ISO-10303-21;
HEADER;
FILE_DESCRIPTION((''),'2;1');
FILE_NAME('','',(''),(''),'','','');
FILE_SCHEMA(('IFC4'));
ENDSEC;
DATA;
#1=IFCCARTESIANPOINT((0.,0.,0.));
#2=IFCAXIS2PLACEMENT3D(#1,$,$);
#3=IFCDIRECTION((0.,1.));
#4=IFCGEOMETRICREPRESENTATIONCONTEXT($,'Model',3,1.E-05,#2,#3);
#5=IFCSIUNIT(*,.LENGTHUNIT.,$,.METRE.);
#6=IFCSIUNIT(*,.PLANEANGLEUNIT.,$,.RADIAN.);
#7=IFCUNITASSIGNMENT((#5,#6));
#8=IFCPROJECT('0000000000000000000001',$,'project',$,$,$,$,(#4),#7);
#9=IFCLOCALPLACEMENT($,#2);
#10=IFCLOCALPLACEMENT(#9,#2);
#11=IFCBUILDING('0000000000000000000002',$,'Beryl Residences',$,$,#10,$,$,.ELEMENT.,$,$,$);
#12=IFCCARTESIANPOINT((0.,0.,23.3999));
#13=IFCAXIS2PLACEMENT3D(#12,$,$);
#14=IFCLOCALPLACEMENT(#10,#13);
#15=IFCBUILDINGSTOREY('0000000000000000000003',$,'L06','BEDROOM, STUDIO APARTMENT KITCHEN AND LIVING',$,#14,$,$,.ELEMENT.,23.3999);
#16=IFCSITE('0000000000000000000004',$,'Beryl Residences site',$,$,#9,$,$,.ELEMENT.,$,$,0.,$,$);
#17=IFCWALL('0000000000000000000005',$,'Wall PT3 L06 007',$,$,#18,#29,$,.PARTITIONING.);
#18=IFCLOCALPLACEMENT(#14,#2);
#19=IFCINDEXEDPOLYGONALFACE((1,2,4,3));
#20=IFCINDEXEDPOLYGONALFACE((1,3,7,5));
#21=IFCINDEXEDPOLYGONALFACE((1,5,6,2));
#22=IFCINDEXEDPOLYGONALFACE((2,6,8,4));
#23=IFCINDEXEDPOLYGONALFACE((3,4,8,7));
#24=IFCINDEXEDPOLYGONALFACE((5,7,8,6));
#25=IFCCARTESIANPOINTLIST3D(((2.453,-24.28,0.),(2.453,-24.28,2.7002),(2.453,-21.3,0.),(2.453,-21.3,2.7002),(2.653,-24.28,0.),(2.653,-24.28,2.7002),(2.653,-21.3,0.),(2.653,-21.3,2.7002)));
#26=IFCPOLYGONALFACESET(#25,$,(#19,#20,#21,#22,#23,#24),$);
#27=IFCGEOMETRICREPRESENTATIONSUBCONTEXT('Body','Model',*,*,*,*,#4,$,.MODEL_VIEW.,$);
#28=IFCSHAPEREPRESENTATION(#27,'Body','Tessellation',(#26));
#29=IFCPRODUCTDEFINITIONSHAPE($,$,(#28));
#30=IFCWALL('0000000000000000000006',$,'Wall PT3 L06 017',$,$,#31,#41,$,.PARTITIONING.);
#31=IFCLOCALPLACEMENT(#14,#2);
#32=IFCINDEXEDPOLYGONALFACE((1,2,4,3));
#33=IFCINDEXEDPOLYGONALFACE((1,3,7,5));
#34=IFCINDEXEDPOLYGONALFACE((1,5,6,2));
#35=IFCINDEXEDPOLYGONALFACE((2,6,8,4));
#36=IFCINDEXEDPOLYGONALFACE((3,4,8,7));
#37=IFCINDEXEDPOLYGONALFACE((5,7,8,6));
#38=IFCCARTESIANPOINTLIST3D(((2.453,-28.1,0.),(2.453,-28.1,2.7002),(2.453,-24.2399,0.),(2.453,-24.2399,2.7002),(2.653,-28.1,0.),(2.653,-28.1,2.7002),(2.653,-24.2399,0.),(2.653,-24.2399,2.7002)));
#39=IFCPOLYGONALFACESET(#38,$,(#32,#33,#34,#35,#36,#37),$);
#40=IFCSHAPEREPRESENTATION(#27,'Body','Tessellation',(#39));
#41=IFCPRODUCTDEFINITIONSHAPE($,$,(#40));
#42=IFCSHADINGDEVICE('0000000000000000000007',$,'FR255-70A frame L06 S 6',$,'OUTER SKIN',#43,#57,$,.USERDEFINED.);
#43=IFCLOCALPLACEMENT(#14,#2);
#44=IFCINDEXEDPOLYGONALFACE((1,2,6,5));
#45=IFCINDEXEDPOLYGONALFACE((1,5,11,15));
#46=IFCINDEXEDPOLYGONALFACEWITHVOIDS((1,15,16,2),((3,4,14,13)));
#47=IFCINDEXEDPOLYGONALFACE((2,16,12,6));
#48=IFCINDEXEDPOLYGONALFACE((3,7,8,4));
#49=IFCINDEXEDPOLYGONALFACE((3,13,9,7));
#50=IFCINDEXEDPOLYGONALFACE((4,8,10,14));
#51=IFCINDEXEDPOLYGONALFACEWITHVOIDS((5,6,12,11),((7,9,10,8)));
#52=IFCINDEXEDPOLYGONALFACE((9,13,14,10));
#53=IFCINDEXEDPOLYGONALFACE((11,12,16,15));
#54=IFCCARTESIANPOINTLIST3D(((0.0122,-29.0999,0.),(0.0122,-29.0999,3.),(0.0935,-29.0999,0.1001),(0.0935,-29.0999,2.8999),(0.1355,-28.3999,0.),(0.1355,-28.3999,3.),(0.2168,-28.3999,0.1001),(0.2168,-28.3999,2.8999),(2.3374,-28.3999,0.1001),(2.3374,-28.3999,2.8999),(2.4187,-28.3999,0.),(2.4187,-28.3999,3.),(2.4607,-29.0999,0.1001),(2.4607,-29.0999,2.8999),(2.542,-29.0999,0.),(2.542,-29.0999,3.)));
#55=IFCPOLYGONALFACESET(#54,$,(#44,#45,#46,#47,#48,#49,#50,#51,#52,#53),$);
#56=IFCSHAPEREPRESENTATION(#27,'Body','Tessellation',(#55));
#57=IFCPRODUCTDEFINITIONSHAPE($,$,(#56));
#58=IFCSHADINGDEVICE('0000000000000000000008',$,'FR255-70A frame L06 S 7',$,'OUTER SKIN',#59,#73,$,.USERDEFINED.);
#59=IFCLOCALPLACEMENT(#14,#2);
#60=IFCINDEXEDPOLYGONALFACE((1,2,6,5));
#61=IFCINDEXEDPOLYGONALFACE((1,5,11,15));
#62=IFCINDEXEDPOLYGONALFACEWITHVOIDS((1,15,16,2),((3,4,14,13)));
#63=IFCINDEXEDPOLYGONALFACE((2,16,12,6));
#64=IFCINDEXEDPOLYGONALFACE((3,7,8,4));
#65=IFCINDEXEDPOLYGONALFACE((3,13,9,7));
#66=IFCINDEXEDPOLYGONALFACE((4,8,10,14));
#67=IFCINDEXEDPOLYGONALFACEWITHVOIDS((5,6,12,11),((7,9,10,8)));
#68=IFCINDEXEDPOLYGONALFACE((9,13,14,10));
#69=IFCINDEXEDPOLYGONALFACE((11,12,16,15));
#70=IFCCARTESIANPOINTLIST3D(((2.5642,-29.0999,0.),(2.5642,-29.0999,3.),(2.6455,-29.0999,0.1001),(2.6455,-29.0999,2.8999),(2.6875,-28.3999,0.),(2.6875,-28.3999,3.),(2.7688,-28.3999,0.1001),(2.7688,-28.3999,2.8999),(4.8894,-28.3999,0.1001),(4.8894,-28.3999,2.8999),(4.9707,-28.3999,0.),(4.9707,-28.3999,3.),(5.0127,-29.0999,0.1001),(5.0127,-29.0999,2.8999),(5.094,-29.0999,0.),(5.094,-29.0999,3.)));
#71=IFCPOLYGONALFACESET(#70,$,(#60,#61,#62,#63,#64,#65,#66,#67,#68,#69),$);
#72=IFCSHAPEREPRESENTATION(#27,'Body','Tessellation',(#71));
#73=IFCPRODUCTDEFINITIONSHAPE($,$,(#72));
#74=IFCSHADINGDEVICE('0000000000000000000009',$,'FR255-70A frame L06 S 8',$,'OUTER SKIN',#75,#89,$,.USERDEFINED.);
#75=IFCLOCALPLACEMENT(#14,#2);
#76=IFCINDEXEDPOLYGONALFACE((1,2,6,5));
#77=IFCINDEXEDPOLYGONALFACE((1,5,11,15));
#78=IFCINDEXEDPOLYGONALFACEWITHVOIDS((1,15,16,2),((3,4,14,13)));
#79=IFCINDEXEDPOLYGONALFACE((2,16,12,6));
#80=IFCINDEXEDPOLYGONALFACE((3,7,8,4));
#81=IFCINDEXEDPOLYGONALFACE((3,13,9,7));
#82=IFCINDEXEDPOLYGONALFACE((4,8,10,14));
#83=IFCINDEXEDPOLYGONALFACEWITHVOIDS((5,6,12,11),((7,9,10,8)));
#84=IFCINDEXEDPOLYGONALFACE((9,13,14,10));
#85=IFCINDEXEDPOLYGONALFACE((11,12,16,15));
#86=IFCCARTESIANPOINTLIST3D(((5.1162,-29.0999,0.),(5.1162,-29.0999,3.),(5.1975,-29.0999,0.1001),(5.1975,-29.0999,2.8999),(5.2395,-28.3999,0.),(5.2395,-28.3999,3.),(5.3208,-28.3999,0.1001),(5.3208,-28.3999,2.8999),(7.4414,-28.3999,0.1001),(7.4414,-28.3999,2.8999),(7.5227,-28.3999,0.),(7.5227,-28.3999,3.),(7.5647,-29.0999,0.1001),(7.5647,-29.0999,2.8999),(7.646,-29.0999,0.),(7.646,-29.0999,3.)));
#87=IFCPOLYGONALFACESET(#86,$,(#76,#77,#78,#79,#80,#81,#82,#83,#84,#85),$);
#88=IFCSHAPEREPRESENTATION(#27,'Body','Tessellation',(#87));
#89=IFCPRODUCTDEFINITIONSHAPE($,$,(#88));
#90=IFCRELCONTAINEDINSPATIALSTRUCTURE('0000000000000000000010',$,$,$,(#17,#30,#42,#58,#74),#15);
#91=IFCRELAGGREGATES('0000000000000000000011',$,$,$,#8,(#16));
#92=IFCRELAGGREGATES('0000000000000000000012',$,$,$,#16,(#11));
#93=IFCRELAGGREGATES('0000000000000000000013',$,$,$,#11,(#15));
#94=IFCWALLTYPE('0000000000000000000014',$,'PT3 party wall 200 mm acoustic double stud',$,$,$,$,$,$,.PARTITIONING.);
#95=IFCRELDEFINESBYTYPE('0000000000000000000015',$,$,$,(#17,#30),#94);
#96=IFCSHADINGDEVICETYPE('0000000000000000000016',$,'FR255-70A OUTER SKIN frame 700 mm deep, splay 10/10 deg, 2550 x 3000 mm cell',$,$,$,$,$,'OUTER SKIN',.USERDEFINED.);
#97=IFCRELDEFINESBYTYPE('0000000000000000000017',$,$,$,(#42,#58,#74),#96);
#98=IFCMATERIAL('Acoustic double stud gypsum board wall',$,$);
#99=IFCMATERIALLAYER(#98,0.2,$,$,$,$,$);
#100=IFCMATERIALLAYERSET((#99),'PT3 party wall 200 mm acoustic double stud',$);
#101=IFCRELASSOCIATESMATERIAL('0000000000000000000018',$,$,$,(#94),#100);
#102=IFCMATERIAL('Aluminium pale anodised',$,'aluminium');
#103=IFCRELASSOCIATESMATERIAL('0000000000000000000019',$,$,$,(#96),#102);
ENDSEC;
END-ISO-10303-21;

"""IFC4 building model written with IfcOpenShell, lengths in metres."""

from ifc_helpers import new_model, entity, si_unit, direction, frame, frame_2d, origin, place, context, subcontext, project, spatial, rectangle, extrude, source, transform, mapped, material, layer, layer_set, type_object, type_shapes, element, save


model = new_model("IFC4")

# Units and contexts
model_context = context("Model", 3, precision=1e-05, world=origin(), true_north=direction((0.0, 1.0)))
body_context = subcontext(model_context, "Body", "Model", "MODEL_VIEW")
ifc_project = project(units=[si_unit("LENGTHUNIT", "METRE"), si_unit("PLANEANGLEUNIT", "RADIAN")], contexts=[model_context])

# Site, building, storey
site_placement = place(None, origin())
site = spatial("IfcSite", under=ifc_project, at=site_placement, Name="Beryl Residences site", CompositionType="ELEMENT", RefElevation=0.0)
building_placement = place(site_placement, origin())
building = spatial("IfcBuilding", under=site, at=building_placement, Name="Beryl Residences", CompositionType="ELEMENT")
storey_placement = place(building_placement, frame((0.0, 0.0, 23.3999)))
storey = spatial("IfcBuildingStorey", under=building, at=storey_placement, Name="L06", Description="BEDROOM, STUDIO APARTMENT KITCHEN AND LIVING", CompositionType="ELEMENT", Elevation=23.3999)

# Walls
ifc_material_1 = material(Name="Acoustic double stud gypsum board wall")
ifc_layer_1 = layer(ifc_material_1, 0.2)
ifc_layer_set_1 = layer_set([ifc_layer_1], Name="PT3 party wall 200 mm acoustic double stud")
wall_type_1 = type_object("IfcWallType", Name="PT3 party wall 200 mm acoustic double stud", PredefinedType="PARTITIONING", material=ifc_layer_set_1)
wall_1_placement = place(storey_placement, frame((2.553, -21.3, 0.0), z_axis=(0.0, 0.0, 1.0), x_axis=(0.0, -1.0, 0.0)))
element("IfcWall", 1, at=wall_1_placement, inside=storey, type_object=wall_type_1, Name="Wall PT3 L06 007", PredefinedType="PARTITIONING", context=body_context, shape_type="SweptSolid", body=[
    extrude(rectangle(XDim=2.98, YDim=0.2, at=frame_2d((1.49, 0.0))), origin(), (0.0, 0.0, 1.0), 2.7002),
])
wall_2_placement = place(storey_placement, frame((2.553, -28.1001, 0.0), z_axis=(0.0, 0.0, 1.0), x_axis=(0.0, 1.0, 0.0)))
element("IfcWall", 2, at=wall_2_placement, inside=storey, type_object=wall_type_1, Name="Wall PT3 L06 017", PredefinedType="PARTITIONING", context=body_context, shape_type="SweptSolid", body=[
    extrude(rectangle(XDim=3.8601, YDim=0.2, at=frame_2d((1.9302, 0.0))), origin(), (0.0, 0.0, 1.0), 2.7002),
])

# Shading devices
ifc_material_2 = material(Name="Aluminium pale anodised", Category="aluminium")
shading_device_type = type_object("IfcShadingDeviceType", Name="FR255-70A OUTER SKIN frame 700 mm deep, splay 10/10 deg, 2550 x 3000 mm cell", ElementType="OUTER SKIN", PredefinedType="USERDEFINED", material=ifc_material_2)
cartesian_point_1 = entity("IfcCartesianPoint", [-1.1416, 0.0])
cartesian_point_2 = entity("IfcCartesianPoint", [-1.0603, 0.1001])
cartesian_point_3 = entity("IfcCartesianPoint", [-1.2649, 0.0])
cartesian_point_4 = entity("IfcCartesianPoint", [-1.1836, 0.1001])
shared_shape = source(origin(), body_context, "Body", "SweptSolid", [
    entity("IfcExtrudedAreaSolidTapered", entity("IfcArbitraryProfileDefWithVoids", "AREA", None, entity("IfcPolyline", [cartesian_point_1, entity("IfcCartesianPoint", [1.1416, 0.0]), entity("IfcCartesianPoint", [1.1416, 3.0]), entity("IfcCartesianPoint", [-1.1416, 3.0]), cartesian_point_1]), [entity("IfcPolyline", [cartesian_point_2, entity("IfcCartesianPoint", [1.0603, 0.1001]), entity("IfcCartesianPoint", [1.0603, 2.8999]), entity("IfcCartesianPoint", [-1.0603, 2.8999]), cartesian_point_2])]), entity("IfcAxis2Placement3D", entity("IfcCartesianPoint", [0.0, 0.0, 0.0]), entity("IfcDirection", [0.0, 1.0, 0.0]), entity("IfcDirection", [-1.0, 0.0, 0.0])), entity("IfcDirection", [0.0, 0.0, 1.0]), 0.7, entity("IfcArbitraryProfileDefWithVoids", "AREA", None, entity("IfcPolyline", [cartesian_point_3, entity("IfcCartesianPoint", [1.2649, 0.0]), entity("IfcCartesianPoint", [1.2649, 3.0]), entity("IfcCartesianPoint", [-1.2649, 3.0]), cartesian_point_3]), [entity("IfcPolyline", [cartesian_point_4, entity("IfcCartesianPoint", [1.1836, 0.1001]), entity("IfcCartesianPoint", [1.1836, 2.8999]), entity("IfcCartesianPoint", [-1.1836, 2.8999]), cartesian_point_4])])),
])
type_shapes(shading_device_type, [shared_shape])
for number, where, z_axis, x_axis, name in (
    (3, (1.2771, -28.3999, 0.0), (0.0, 0.0, 1.0), (-1.0, 0.0, 0.0), "FR255-70A frame L06 S 6"),
    (4, (3.8291, -28.3999, 0.0), (0.0, 0.0, 1.0), (-1.0, 0.0, 0.0), "FR255-70A frame L06 S 7"),
    (5, (6.3811, -28.3999, 0.0), (0.0, 0.0, 1.0), (-1.0, 0.0, 0.0), "FR255-70A frame L06 S 8"),
):
    element("IfcShadingDevice", number, at=place(storey_placement, frame(where, z_axis=z_axis, x_axis=x_axis)), inside=storey, type_object=shading_device_type, Name=name, ObjectType="OUTER SKIN", PredefinedType="USERDEFINED", context=body_context, shape_type="MappedRepresentation", body=[
        mapped(shared_shape, transform((0.0, 0.0, 0.0))),
    ])

save(model, "model.ifc")
